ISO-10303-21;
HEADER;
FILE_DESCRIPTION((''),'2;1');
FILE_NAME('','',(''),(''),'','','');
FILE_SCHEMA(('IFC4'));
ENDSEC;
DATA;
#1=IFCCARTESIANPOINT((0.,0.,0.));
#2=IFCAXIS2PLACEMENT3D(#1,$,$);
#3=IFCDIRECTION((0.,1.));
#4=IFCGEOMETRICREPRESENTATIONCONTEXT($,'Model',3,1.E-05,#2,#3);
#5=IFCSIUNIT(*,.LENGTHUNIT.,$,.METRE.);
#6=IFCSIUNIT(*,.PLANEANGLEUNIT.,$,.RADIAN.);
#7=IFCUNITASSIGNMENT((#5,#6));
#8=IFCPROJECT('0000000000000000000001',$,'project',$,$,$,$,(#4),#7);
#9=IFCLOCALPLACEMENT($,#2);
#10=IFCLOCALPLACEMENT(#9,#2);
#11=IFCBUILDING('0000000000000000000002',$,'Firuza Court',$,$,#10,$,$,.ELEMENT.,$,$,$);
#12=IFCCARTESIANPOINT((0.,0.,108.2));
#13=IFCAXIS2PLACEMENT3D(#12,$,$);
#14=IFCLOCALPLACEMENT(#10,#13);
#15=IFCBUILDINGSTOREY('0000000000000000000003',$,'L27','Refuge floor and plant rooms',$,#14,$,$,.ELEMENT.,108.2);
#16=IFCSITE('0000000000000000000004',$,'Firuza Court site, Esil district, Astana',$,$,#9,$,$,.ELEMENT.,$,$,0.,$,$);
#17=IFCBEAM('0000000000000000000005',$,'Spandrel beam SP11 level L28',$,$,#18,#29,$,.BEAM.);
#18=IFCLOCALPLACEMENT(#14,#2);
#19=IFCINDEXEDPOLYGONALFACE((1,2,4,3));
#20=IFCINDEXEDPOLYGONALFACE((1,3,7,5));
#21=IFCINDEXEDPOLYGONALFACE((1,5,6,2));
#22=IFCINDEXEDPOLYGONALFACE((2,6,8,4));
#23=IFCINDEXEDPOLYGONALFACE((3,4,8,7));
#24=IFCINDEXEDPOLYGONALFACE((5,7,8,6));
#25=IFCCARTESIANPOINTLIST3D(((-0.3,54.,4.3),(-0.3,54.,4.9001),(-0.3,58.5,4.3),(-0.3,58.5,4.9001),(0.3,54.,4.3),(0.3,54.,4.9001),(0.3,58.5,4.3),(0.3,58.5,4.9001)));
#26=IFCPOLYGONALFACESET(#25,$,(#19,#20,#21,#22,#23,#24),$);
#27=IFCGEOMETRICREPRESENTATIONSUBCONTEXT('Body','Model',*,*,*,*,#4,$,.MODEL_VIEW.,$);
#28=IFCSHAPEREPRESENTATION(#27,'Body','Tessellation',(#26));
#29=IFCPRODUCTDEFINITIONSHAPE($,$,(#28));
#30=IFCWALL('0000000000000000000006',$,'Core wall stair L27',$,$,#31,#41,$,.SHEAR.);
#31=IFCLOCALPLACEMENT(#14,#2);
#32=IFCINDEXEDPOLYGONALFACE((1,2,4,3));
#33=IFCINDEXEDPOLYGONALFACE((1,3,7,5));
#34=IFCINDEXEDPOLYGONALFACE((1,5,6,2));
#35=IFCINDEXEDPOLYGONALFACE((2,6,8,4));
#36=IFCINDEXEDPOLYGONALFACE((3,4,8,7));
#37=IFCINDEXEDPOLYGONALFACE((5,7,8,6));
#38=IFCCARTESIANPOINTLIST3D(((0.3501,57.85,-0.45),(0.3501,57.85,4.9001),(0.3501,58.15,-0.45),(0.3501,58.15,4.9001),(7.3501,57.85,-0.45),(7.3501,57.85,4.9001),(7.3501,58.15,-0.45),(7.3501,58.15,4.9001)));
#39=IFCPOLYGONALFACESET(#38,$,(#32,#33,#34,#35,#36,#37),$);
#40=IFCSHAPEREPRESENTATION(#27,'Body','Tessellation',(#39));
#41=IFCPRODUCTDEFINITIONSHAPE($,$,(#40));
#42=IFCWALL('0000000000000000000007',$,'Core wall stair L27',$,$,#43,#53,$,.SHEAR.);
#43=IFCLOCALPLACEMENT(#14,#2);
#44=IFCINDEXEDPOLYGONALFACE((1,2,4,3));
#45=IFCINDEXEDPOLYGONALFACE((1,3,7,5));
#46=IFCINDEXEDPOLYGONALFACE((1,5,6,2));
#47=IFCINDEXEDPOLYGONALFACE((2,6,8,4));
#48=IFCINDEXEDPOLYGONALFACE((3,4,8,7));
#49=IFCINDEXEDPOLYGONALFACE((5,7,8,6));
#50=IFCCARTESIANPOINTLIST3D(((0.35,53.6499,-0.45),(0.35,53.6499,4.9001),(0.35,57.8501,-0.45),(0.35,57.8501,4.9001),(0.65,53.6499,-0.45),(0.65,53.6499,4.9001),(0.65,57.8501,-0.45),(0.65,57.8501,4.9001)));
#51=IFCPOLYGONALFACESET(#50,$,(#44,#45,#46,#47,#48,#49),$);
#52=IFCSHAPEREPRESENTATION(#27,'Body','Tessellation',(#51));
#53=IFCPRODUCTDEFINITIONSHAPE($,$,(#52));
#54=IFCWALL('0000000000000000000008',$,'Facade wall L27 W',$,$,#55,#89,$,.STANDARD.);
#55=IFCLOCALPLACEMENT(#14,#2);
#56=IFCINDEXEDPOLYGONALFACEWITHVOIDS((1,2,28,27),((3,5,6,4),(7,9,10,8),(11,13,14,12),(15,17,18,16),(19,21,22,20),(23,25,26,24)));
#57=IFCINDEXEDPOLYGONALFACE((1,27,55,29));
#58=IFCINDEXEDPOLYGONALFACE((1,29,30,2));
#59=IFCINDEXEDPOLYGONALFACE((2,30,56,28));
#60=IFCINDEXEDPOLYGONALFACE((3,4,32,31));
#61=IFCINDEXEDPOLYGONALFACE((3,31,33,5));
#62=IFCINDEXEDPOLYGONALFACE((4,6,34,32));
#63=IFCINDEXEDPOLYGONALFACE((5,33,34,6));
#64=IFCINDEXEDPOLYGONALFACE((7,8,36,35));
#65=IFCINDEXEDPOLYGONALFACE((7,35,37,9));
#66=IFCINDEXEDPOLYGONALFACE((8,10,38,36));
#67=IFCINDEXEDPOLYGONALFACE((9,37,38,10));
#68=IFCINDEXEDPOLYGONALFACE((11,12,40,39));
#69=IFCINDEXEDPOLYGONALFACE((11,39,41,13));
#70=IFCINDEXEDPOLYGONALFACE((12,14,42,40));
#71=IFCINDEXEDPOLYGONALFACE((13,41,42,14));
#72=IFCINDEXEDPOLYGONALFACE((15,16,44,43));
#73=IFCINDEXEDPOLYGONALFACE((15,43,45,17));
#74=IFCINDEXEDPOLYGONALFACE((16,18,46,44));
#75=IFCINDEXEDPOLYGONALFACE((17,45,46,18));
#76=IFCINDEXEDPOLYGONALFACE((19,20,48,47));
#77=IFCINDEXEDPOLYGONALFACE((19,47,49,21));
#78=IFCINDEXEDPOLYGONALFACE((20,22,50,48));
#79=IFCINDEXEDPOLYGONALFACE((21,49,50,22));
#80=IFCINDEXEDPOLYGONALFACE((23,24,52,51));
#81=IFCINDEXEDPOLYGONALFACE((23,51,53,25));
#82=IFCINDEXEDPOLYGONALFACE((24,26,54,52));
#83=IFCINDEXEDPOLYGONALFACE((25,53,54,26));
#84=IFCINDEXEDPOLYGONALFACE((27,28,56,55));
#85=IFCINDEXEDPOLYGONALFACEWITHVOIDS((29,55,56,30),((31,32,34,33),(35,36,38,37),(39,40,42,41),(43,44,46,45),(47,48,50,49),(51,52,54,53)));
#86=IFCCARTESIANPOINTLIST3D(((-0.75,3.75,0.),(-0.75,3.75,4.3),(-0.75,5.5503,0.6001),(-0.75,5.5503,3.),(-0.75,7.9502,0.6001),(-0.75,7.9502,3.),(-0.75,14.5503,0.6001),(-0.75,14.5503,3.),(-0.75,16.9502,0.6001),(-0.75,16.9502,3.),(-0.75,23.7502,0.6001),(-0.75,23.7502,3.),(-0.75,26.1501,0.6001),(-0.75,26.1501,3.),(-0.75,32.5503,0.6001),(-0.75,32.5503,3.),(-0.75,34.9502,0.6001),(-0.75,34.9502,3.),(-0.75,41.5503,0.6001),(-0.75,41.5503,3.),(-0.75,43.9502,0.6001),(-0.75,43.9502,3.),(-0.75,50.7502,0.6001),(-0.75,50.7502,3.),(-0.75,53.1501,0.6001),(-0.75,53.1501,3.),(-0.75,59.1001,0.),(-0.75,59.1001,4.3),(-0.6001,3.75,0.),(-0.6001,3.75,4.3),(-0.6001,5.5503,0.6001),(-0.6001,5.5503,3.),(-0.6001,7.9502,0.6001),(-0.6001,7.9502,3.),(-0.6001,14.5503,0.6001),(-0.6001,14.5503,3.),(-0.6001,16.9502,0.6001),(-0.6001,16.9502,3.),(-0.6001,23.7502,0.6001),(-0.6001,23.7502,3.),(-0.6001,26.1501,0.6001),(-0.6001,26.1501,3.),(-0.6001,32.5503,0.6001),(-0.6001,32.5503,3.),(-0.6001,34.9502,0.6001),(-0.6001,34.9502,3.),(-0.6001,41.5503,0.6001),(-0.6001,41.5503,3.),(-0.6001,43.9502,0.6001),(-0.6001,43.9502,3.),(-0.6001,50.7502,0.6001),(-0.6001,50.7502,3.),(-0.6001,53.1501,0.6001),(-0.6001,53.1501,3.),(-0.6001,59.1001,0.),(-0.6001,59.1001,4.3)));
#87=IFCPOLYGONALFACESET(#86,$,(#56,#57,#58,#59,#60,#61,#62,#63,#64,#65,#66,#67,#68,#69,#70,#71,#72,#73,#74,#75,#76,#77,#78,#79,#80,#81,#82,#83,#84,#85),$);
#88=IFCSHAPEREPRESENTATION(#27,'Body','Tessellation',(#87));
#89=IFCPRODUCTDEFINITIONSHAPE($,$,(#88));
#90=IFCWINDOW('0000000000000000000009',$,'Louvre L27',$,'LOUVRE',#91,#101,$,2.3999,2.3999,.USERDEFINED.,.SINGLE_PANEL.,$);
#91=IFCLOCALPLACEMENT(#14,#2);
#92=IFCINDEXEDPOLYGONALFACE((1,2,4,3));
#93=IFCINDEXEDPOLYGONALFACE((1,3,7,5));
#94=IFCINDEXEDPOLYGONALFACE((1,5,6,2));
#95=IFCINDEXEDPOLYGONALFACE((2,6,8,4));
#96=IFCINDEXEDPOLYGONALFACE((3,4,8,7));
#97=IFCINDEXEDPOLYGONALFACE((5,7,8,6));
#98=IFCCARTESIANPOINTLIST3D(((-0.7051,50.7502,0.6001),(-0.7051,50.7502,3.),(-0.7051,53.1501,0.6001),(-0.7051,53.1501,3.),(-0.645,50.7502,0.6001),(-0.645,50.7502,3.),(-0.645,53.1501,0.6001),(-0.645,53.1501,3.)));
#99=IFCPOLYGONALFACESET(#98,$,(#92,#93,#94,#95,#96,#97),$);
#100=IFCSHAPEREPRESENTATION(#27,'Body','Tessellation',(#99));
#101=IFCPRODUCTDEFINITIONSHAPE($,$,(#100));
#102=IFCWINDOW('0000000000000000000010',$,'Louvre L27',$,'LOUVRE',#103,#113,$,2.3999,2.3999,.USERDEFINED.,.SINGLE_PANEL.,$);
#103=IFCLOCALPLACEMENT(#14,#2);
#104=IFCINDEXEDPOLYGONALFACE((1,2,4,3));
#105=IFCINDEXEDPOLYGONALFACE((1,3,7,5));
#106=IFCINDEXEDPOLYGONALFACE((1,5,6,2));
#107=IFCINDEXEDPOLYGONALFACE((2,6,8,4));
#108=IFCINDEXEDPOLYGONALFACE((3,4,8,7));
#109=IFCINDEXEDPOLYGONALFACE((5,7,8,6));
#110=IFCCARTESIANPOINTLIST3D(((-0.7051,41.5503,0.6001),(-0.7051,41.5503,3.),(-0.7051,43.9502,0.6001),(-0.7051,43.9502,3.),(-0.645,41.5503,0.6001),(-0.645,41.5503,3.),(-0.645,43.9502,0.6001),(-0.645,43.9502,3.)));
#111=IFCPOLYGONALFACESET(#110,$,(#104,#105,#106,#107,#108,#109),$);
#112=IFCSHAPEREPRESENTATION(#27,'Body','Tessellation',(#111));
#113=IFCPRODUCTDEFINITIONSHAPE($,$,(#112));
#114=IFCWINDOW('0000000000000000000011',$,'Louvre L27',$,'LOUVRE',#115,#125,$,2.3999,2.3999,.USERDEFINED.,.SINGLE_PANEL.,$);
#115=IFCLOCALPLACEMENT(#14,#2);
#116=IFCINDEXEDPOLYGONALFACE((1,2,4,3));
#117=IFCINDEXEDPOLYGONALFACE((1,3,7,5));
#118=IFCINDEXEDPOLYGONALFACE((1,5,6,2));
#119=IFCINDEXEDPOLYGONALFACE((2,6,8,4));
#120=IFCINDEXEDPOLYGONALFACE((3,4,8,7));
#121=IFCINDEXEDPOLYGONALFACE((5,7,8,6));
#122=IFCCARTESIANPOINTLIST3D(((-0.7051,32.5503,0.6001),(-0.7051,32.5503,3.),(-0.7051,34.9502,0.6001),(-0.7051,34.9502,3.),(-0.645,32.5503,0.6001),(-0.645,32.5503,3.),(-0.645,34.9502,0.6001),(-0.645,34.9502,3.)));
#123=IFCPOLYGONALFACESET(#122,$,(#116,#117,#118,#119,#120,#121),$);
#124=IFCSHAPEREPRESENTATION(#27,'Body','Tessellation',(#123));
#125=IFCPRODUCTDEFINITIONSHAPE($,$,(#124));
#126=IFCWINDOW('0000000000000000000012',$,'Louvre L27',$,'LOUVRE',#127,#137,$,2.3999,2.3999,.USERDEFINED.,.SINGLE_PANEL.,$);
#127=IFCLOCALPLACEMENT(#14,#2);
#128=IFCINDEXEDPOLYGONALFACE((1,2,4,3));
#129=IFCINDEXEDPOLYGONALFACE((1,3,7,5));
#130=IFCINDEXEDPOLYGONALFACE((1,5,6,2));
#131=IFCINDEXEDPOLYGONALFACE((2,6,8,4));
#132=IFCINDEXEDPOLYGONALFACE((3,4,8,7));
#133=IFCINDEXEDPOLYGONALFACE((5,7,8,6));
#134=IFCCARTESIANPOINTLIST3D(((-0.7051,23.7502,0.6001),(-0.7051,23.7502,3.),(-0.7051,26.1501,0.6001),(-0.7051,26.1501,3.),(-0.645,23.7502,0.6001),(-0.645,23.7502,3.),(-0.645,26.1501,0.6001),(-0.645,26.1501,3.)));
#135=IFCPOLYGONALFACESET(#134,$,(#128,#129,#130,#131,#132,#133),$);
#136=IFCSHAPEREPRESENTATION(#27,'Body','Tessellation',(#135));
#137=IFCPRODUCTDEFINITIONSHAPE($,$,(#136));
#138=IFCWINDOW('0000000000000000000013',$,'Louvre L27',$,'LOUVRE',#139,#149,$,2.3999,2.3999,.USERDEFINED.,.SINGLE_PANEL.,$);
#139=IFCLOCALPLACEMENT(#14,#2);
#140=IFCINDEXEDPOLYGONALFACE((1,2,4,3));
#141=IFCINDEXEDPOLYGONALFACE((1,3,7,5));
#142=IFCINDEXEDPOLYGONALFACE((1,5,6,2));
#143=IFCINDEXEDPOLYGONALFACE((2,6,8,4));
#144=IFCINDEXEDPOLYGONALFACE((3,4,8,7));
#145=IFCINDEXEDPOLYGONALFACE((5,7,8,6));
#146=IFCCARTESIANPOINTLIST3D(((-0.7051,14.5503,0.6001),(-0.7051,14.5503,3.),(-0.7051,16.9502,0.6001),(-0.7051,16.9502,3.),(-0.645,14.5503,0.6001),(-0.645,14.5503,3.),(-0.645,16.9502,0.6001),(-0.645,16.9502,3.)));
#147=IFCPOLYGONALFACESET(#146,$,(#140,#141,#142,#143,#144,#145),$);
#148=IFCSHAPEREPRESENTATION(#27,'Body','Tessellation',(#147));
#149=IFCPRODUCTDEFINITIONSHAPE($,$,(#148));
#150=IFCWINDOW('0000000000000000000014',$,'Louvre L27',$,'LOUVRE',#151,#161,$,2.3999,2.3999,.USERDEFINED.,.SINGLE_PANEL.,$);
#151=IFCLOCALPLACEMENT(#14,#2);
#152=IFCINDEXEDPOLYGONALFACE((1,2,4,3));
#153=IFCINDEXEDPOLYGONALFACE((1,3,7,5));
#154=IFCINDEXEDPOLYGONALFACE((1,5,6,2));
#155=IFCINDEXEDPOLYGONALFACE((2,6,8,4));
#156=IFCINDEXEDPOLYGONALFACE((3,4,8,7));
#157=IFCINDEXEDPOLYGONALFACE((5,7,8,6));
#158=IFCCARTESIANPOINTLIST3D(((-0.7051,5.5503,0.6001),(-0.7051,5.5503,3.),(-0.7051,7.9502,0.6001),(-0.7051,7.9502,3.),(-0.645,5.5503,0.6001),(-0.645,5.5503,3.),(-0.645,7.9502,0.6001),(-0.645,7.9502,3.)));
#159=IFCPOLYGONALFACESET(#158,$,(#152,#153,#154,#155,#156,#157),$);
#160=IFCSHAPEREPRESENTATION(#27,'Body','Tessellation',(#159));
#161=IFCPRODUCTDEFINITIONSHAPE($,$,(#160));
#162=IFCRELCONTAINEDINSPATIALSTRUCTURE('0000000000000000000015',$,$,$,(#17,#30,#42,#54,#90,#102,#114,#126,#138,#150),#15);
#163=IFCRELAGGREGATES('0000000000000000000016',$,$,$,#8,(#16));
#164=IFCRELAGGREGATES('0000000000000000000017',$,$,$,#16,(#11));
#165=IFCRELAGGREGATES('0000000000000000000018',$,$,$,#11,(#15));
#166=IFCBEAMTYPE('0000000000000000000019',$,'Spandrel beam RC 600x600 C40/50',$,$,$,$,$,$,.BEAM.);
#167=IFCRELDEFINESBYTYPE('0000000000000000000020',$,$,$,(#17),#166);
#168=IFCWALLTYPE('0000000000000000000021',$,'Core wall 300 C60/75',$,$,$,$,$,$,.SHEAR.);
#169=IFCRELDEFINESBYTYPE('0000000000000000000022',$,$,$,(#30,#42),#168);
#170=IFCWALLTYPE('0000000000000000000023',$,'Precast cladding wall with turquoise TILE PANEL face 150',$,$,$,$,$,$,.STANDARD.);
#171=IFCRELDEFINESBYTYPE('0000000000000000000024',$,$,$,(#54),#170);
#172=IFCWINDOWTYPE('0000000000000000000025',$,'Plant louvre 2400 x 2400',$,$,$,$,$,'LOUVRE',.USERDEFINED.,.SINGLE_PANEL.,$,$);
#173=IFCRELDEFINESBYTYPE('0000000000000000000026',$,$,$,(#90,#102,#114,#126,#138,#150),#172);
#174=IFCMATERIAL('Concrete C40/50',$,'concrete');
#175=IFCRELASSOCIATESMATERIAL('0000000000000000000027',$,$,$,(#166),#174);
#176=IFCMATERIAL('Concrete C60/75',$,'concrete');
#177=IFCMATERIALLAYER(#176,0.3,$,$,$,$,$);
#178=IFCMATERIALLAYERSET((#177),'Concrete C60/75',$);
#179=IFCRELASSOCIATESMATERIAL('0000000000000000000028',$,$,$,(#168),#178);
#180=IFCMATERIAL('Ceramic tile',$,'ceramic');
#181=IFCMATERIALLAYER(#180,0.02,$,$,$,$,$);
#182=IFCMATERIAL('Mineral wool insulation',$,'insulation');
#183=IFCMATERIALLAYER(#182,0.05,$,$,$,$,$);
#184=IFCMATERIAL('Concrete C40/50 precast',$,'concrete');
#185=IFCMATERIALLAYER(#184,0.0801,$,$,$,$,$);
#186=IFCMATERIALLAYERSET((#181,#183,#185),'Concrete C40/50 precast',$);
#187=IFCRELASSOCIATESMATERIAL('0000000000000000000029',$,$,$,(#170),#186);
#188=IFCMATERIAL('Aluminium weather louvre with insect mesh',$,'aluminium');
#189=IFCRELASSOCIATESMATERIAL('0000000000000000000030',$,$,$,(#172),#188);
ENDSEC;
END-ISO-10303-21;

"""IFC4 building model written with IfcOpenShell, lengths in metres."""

from ifc_helpers import new_model, si_unit, direction, frame, frame_2d, origin, origin_2d, place, context, subcontext, project, spatial, rectangle, extrude, material, layer, layer_set, material_profile, profile_set, type_object, element, fill, save


model = new_model("IFC4")

# Units and contexts
model_context = context("Model", 3, precision=1e-05, world=origin(), true_north=direction((0.0, 1.0)))
body_context = subcontext(model_context, "Body", "Model", "MODEL_VIEW")
ifc_project = project(units=[si_unit("LENGTHUNIT", "METRE"), si_unit("PLANEANGLEUNIT", "RADIAN")], contexts=[model_context])

# Site, building, storey
site_placement = place(None, origin())
site = spatial("IfcSite", under=ifc_project, at=site_placement, Name="Firuza Court site, Esil district, Astana", CompositionType="ELEMENT", RefElevation=0.0)
building_placement = place(site_placement, origin())
building = spatial("IfcBuilding", under=site, at=building_placement, Name="Firuza Court", CompositionType="ELEMENT")
storey_placement = place(building_placement, frame((0.0, 0.0, 108.2)))
storey = spatial("IfcBuildingStorey", under=building, at=storey_placement, Name="L27", Description="Refuge floor and plant rooms", CompositionType="ELEMENT", Elevation=108.2)

# Beam
ifc_material_1 = material(Name="Concrete C40/50", Category="concrete")
ifc_material_profile_1 = material_profile(ifc_material_1, rectangle(XDim=0.6001, YDim=0.6001, at=origin_2d()), Name="RC 600x600")
ifc_profile_set_1 = profile_set([ifc_material_profile_1], Name="Concrete C40/50")
beam_type = type_object("IfcBeamType", Name="Spandrel beam RC 600x600 C40/50", PredefinedType="BEAM", material=ifc_profile_set_1)
for number, where, z_axis, x_axis, name in (
    (1, (0.0, 58.5, 4.6001), (0.0, -1.0, 0.0), (1.0, 0.0, 0.0), "Spandrel beam SP11 level L28"),
):
    element("IfcBeam", number, at=place(storey_placement, frame(where, z_axis=z_axis, x_axis=x_axis)), inside=storey, type_object=beam_type, Name=name, PredefinedType="BEAM", context=body_context, shape_type="SweptSolid", body=[
        extrude(rectangle(XDim=0.6001, YDim=0.6001, at=origin_2d()), origin(), (0.0, 0.0, 1.0), 4.5),
    ])

# Walls
ifc_material_2 = material(Name="Concrete C60/75", Category="concrete")
ifc_layer_1 = layer(ifc_material_2, 0.3)
ifc_layer_set_1 = layer_set([ifc_layer_1], Name="Concrete C60/75")
wall_type_1 = type_object("IfcWallType", Name="Core wall 300 C60/75", PredefinedType="SHEAR", material=ifc_layer_set_1)
wall_1_placement = place(storey_placement, frame((0.3501, 58.0, -0.45), z_axis=(0.0, 0.0, 1.0), x_axis=(1.0, 0.0, 0.0)))
element("IfcWall", 2, at=wall_1_placement, inside=storey, type_object=wall_type_1, Name="Core wall stair L27", PredefinedType="SHEAR", context=body_context, shape_type="SweptSolid", body=[
    extrude(rectangle(XDim=7.0, YDim=0.3, at=frame_2d((3.5, 0.0))), origin(), (0.0, 0.0, 1.0), 5.3501),
])
wall_2_placement = place(storey_placement, frame((0.5, 53.6499, -0.45), z_axis=(0.0, 0.0, 1.0), x_axis=(0.0, 1.0, 0.0)))
element("IfcWall", 3, at=wall_2_placement, inside=storey, type_object=wall_type_1, Name="Core wall stair L27", PredefinedType="SHEAR", context=body_context, shape_type="SweptSolid", body=[
    extrude(rectangle(XDim=4.2002, YDim=0.3, at=frame_2d((2.1001, 0.0))), origin(), (0.0, 0.0, 1.0), 5.3501),
])

# Wall, openings, windows
ifc_material_3 = material(Name="Ceramic tile", Category="ceramic")
ifc_layer_2 = layer(ifc_material_3, 0.02)
ifc_material_4 = material(Name="Mineral wool insulation", Category="insulation")
ifc_layer_3 = layer(ifc_material_4, 0.05)
ifc_material_5 = material(Name="Concrete C40/50 precast", Category="concrete")
ifc_layer_4 = layer(ifc_material_5, 0.0801)
ifc_layer_set_2 = layer_set([ifc_layer_2, ifc_layer_3, ifc_layer_4], Name="Concrete C40/50 precast")
wall_type_2 = type_object("IfcWallType", Name="Precast cladding wall with turquoise TILE PANEL face 150", PredefinedType="STANDARD", material=ifc_layer_set_2)
wall_3_placement = place(storey_placement, frame((-0.675, 59.1001, 0.0), z_axis=(0.0, 0.0, 1.0), x_axis=(0.0, -1.0, 0.0)))
wall_3 = element("IfcWall", 4, at=wall_3_placement, inside=storey, type_object=wall_type_2, Name="Facade wall L27 W", PredefinedType="STANDARD", context=body_context, shape_type="SweptSolid", body=[
    extrude(rectangle(XDim=55.3501, YDim=0.1499, at=frame_2d((27.675, 0.0))), origin(), (0.0, 0.0, 1.0), 4.3),
])
opening_1_placement = place(wall_3_placement, frame((5.95, 0.0, 0.6001)))
opening_1 = element("IfcOpeningElement", 5, at=opening_1_placement, cuts=wall_3, PredefinedType="OPENING", context=body_context, shape_type="SweptSolid", body=[
    extrude(rectangle(XDim=2.3999, YDim=2.3999, at=frame_2d((1.2, 1.2))), frame((0.0, 0.0869, 0.0), z_axis=(0.0, -1.0, 0.0), x_axis=(1.0, 0.0, 0.0)), (0.0, 0.0, 1.0), 0.1738),
])
opening_2_placement = place(wall_3_placement, frame((15.1499, 0.0, 0.6001)))
opening_2 = element("IfcOpeningElement", 6, at=opening_2_placement, cuts=wall_3, PredefinedType="OPENING", context=body_context, shape_type="SweptSolid", body=[
    extrude(rectangle(XDim=2.3999, YDim=2.3999, at=frame_2d((1.2, 1.2))), frame((0.0, 0.0869, 0.0), z_axis=(0.0, -1.0, 0.0), x_axis=(1.0, 0.0, 0.0)), (0.0, 0.0, 1.0), 0.1738),
])
opening_3_placement = place(wall_3_placement, frame((24.1499, 0.0, 0.6001)))
opening_3 = element("IfcOpeningElement", 7, at=opening_3_placement, cuts=wall_3, PredefinedType="OPENING", context=body_context, shape_type="SweptSolid", body=[
    extrude(rectangle(XDim=2.3999, YDim=2.3999, at=frame_2d((1.2, 1.2))), frame((0.0, 0.0869, 0.0), z_axis=(0.0, -1.0, 0.0), x_axis=(1.0, 0.0, 0.0)), (0.0, 0.0, 1.0), 0.1738),
])
opening_4_placement = place(wall_3_placement, frame((32.95, 0.0, 0.6001)))
opening_4 = element("IfcOpeningElement", 8, at=opening_4_placement, cuts=wall_3, PredefinedType="OPENING", context=body_context, shape_type="SweptSolid", body=[
    extrude(rectangle(XDim=2.3999, YDim=2.3999, at=frame_2d((1.2, 1.2))), frame((0.0, 0.0869, 0.0), z_axis=(0.0, -1.0, 0.0), x_axis=(1.0, 0.0, 0.0)), (0.0, 0.0, 1.0), 0.1738),
])
opening_5_placement = place(wall_3_placement, frame((42.1499, 0.0, 0.6001)))
opening_5 = element("IfcOpeningElement", 9, at=opening_5_placement, cuts=wall_3, PredefinedType="OPENING", context=body_context, shape_type="SweptSolid", body=[
    extrude(rectangle(XDim=2.3999, YDim=2.3999, at=frame_2d((1.2, 1.2))), frame((0.0, 0.0869, 0.0), z_axis=(0.0, -1.0, 0.0), x_axis=(1.0, 0.0, 0.0)), (0.0, 0.0, 1.0), 0.1738),
])
opening_6_placement = place(wall_3_placement, frame((51.1499, 0.0, 0.6001)))
opening_6 = element("IfcOpeningElement", 10, at=opening_6_placement, cuts=wall_3, PredefinedType="OPENING", context=body_context, shape_type="SweptSolid", body=[
    extrude(rectangle(XDim=2.3999, YDim=2.3999, at=frame_2d((1.2, 1.2))), frame((0.0, 0.0869, 0.0), z_axis=(0.0, -1.0, 0.0), x_axis=(1.0, 0.0, 0.0)), (0.0, 0.0, 1.0), 0.1738),
])
ifc_material_6 = material(Name="Aluminium weather louvre with insect mesh", Category="aluminium")
window_type = type_object("IfcWindowType", Name="Plant louvre 2400 x 2400", ElementType="LOUVRE", PartitioningType="SINGLE_PANEL", PredefinedType="USERDEFINED", material=ifc_material_6)
window_1_placement = place(opening_1_placement, origin())
window_1 = element("IfcWindow", 11, at=window_1_placement, inside=storey, type_object=window_type, Name="Louvre L27", ObjectType="LOUVRE", OverallHeight=2.3999, OverallWidth=2.3999, PartitioningType="SINGLE_PANEL", PredefinedType="USERDEFINED", context=body_context, shape_type="SweptSolid", body=[
    extrude(rectangle(XDim=2.3999, YDim=2.3999, at=frame_2d((1.2, 1.2))), frame((0.0, 0.03, 0.0), z_axis=(0.0, -1.0, 0.0), x_axis=(1.0, 0.0, 0.0)), (0.0, 0.0, 1.0), 0.0601),
])
fill(opening_1, window_1)
window_2_placement = place(opening_2_placement, origin())
window_2 = element("IfcWindow", 12, at=window_2_placement, inside=storey, type_object=window_type, Name="Louvre L27", ObjectType="LOUVRE", OverallHeight=2.3999, OverallWidth=2.3999, PartitioningType="SINGLE_PANEL", PredefinedType="USERDEFINED", context=body_context, shape_type="SweptSolid", body=[
    extrude(rectangle(XDim=2.3999, YDim=2.3999, at=frame_2d((1.2, 1.2))), frame((0.0, 0.03, 0.0), z_axis=(0.0, -1.0, 0.0), x_axis=(1.0, 0.0, 0.0)), (0.0, 0.0, 1.0), 0.0601),
])
fill(opening_2, window_2)
window_3_placement = place(opening_3_placement, origin())
window_3 = element("IfcWindow", 13, at=window_3_placement, inside=storey, type_object=window_type, Name="Louvre L27", ObjectType="LOUVRE", OverallHeight=2.3999, OverallWidth=2.3999, PartitioningType="SINGLE_PANEL", PredefinedType="USERDEFINED", context=body_context, shape_type="SweptSolid", body=[
    extrude(rectangle(XDim=2.3999, YDim=2.3999, at=frame_2d((1.2, 1.2))), frame((0.0, 0.03, 0.0), z_axis=(0.0, -1.0, 0.0), x_axis=(1.0, 0.0, 0.0)), (0.0, 0.0, 1.0), 0.0601),
])
fill(opening_3, window_3)
window_4_placement = place(opening_4_placement, origin())
window_4 = element("IfcWindow", 14, at=window_4_placement, inside=storey, type_object=window_type, Name="Louvre L27", ObjectType="LOUVRE", OverallHeight=2.3999, OverallWidth=2.3999, PartitioningType="SINGLE_PANEL", PredefinedType="USERDEFINED", context=body_context, shape_type="SweptSolid", body=[
    extrude(rectangle(XDim=2.3999, YDim=2.3999, at=frame_2d((1.2, 1.2))), frame((0.0, 0.03, 0.0), z_axis=(0.0, -1.0, 0.0), x_axis=(1.0, 0.0, 0.0)), (0.0, 0.0, 1.0), 0.0601),
])
fill(opening_4, window_4)
window_5_placement = place(opening_5_placement, origin())
window_5 = element("IfcWindow", 15, at=window_5_placement, inside=storey, type_object=window_type, Name="Louvre L27", ObjectType="LOUVRE", OverallHeight=2.3999, OverallWidth=2.3999, PartitioningType="SINGLE_PANEL", PredefinedType="USERDEFINED", context=body_context, shape_type="SweptSolid", body=[
    extrude(rectangle(XDim=2.3999, YDim=2.3999, at=frame_2d((1.2, 1.2))), frame((0.0, 0.03, 0.0), z_axis=(0.0, -1.0, 0.0), x_axis=(1.0, 0.0, 0.0)), (0.0, 0.0, 1.0), 0.0601),
])
fill(opening_5, window_5)
window_6_placement = place(opening_6_placement, origin())
window_6 = element("IfcWindow", 16, at=window_6_placement, inside=storey, type_object=window_type, Name="Louvre L27", ObjectType="LOUVRE", OverallHeight=2.3999, OverallWidth=2.3999, PartitioningType="SINGLE_PANEL", PredefinedType="USERDEFINED", context=body_context, shape_type="SweptSolid", body=[
    extrude(rectangle(XDim=2.3999, YDim=2.3999, at=frame_2d((1.2, 1.2))), frame((0.0, 0.03, 0.0), z_axis=(0.0, -1.0, 0.0), x_axis=(1.0, 0.0, 0.0)), (0.0, 0.0, 1.0), 0.0601),
])
fill(opening_6, window_6)

save(model, "model.ifc")
